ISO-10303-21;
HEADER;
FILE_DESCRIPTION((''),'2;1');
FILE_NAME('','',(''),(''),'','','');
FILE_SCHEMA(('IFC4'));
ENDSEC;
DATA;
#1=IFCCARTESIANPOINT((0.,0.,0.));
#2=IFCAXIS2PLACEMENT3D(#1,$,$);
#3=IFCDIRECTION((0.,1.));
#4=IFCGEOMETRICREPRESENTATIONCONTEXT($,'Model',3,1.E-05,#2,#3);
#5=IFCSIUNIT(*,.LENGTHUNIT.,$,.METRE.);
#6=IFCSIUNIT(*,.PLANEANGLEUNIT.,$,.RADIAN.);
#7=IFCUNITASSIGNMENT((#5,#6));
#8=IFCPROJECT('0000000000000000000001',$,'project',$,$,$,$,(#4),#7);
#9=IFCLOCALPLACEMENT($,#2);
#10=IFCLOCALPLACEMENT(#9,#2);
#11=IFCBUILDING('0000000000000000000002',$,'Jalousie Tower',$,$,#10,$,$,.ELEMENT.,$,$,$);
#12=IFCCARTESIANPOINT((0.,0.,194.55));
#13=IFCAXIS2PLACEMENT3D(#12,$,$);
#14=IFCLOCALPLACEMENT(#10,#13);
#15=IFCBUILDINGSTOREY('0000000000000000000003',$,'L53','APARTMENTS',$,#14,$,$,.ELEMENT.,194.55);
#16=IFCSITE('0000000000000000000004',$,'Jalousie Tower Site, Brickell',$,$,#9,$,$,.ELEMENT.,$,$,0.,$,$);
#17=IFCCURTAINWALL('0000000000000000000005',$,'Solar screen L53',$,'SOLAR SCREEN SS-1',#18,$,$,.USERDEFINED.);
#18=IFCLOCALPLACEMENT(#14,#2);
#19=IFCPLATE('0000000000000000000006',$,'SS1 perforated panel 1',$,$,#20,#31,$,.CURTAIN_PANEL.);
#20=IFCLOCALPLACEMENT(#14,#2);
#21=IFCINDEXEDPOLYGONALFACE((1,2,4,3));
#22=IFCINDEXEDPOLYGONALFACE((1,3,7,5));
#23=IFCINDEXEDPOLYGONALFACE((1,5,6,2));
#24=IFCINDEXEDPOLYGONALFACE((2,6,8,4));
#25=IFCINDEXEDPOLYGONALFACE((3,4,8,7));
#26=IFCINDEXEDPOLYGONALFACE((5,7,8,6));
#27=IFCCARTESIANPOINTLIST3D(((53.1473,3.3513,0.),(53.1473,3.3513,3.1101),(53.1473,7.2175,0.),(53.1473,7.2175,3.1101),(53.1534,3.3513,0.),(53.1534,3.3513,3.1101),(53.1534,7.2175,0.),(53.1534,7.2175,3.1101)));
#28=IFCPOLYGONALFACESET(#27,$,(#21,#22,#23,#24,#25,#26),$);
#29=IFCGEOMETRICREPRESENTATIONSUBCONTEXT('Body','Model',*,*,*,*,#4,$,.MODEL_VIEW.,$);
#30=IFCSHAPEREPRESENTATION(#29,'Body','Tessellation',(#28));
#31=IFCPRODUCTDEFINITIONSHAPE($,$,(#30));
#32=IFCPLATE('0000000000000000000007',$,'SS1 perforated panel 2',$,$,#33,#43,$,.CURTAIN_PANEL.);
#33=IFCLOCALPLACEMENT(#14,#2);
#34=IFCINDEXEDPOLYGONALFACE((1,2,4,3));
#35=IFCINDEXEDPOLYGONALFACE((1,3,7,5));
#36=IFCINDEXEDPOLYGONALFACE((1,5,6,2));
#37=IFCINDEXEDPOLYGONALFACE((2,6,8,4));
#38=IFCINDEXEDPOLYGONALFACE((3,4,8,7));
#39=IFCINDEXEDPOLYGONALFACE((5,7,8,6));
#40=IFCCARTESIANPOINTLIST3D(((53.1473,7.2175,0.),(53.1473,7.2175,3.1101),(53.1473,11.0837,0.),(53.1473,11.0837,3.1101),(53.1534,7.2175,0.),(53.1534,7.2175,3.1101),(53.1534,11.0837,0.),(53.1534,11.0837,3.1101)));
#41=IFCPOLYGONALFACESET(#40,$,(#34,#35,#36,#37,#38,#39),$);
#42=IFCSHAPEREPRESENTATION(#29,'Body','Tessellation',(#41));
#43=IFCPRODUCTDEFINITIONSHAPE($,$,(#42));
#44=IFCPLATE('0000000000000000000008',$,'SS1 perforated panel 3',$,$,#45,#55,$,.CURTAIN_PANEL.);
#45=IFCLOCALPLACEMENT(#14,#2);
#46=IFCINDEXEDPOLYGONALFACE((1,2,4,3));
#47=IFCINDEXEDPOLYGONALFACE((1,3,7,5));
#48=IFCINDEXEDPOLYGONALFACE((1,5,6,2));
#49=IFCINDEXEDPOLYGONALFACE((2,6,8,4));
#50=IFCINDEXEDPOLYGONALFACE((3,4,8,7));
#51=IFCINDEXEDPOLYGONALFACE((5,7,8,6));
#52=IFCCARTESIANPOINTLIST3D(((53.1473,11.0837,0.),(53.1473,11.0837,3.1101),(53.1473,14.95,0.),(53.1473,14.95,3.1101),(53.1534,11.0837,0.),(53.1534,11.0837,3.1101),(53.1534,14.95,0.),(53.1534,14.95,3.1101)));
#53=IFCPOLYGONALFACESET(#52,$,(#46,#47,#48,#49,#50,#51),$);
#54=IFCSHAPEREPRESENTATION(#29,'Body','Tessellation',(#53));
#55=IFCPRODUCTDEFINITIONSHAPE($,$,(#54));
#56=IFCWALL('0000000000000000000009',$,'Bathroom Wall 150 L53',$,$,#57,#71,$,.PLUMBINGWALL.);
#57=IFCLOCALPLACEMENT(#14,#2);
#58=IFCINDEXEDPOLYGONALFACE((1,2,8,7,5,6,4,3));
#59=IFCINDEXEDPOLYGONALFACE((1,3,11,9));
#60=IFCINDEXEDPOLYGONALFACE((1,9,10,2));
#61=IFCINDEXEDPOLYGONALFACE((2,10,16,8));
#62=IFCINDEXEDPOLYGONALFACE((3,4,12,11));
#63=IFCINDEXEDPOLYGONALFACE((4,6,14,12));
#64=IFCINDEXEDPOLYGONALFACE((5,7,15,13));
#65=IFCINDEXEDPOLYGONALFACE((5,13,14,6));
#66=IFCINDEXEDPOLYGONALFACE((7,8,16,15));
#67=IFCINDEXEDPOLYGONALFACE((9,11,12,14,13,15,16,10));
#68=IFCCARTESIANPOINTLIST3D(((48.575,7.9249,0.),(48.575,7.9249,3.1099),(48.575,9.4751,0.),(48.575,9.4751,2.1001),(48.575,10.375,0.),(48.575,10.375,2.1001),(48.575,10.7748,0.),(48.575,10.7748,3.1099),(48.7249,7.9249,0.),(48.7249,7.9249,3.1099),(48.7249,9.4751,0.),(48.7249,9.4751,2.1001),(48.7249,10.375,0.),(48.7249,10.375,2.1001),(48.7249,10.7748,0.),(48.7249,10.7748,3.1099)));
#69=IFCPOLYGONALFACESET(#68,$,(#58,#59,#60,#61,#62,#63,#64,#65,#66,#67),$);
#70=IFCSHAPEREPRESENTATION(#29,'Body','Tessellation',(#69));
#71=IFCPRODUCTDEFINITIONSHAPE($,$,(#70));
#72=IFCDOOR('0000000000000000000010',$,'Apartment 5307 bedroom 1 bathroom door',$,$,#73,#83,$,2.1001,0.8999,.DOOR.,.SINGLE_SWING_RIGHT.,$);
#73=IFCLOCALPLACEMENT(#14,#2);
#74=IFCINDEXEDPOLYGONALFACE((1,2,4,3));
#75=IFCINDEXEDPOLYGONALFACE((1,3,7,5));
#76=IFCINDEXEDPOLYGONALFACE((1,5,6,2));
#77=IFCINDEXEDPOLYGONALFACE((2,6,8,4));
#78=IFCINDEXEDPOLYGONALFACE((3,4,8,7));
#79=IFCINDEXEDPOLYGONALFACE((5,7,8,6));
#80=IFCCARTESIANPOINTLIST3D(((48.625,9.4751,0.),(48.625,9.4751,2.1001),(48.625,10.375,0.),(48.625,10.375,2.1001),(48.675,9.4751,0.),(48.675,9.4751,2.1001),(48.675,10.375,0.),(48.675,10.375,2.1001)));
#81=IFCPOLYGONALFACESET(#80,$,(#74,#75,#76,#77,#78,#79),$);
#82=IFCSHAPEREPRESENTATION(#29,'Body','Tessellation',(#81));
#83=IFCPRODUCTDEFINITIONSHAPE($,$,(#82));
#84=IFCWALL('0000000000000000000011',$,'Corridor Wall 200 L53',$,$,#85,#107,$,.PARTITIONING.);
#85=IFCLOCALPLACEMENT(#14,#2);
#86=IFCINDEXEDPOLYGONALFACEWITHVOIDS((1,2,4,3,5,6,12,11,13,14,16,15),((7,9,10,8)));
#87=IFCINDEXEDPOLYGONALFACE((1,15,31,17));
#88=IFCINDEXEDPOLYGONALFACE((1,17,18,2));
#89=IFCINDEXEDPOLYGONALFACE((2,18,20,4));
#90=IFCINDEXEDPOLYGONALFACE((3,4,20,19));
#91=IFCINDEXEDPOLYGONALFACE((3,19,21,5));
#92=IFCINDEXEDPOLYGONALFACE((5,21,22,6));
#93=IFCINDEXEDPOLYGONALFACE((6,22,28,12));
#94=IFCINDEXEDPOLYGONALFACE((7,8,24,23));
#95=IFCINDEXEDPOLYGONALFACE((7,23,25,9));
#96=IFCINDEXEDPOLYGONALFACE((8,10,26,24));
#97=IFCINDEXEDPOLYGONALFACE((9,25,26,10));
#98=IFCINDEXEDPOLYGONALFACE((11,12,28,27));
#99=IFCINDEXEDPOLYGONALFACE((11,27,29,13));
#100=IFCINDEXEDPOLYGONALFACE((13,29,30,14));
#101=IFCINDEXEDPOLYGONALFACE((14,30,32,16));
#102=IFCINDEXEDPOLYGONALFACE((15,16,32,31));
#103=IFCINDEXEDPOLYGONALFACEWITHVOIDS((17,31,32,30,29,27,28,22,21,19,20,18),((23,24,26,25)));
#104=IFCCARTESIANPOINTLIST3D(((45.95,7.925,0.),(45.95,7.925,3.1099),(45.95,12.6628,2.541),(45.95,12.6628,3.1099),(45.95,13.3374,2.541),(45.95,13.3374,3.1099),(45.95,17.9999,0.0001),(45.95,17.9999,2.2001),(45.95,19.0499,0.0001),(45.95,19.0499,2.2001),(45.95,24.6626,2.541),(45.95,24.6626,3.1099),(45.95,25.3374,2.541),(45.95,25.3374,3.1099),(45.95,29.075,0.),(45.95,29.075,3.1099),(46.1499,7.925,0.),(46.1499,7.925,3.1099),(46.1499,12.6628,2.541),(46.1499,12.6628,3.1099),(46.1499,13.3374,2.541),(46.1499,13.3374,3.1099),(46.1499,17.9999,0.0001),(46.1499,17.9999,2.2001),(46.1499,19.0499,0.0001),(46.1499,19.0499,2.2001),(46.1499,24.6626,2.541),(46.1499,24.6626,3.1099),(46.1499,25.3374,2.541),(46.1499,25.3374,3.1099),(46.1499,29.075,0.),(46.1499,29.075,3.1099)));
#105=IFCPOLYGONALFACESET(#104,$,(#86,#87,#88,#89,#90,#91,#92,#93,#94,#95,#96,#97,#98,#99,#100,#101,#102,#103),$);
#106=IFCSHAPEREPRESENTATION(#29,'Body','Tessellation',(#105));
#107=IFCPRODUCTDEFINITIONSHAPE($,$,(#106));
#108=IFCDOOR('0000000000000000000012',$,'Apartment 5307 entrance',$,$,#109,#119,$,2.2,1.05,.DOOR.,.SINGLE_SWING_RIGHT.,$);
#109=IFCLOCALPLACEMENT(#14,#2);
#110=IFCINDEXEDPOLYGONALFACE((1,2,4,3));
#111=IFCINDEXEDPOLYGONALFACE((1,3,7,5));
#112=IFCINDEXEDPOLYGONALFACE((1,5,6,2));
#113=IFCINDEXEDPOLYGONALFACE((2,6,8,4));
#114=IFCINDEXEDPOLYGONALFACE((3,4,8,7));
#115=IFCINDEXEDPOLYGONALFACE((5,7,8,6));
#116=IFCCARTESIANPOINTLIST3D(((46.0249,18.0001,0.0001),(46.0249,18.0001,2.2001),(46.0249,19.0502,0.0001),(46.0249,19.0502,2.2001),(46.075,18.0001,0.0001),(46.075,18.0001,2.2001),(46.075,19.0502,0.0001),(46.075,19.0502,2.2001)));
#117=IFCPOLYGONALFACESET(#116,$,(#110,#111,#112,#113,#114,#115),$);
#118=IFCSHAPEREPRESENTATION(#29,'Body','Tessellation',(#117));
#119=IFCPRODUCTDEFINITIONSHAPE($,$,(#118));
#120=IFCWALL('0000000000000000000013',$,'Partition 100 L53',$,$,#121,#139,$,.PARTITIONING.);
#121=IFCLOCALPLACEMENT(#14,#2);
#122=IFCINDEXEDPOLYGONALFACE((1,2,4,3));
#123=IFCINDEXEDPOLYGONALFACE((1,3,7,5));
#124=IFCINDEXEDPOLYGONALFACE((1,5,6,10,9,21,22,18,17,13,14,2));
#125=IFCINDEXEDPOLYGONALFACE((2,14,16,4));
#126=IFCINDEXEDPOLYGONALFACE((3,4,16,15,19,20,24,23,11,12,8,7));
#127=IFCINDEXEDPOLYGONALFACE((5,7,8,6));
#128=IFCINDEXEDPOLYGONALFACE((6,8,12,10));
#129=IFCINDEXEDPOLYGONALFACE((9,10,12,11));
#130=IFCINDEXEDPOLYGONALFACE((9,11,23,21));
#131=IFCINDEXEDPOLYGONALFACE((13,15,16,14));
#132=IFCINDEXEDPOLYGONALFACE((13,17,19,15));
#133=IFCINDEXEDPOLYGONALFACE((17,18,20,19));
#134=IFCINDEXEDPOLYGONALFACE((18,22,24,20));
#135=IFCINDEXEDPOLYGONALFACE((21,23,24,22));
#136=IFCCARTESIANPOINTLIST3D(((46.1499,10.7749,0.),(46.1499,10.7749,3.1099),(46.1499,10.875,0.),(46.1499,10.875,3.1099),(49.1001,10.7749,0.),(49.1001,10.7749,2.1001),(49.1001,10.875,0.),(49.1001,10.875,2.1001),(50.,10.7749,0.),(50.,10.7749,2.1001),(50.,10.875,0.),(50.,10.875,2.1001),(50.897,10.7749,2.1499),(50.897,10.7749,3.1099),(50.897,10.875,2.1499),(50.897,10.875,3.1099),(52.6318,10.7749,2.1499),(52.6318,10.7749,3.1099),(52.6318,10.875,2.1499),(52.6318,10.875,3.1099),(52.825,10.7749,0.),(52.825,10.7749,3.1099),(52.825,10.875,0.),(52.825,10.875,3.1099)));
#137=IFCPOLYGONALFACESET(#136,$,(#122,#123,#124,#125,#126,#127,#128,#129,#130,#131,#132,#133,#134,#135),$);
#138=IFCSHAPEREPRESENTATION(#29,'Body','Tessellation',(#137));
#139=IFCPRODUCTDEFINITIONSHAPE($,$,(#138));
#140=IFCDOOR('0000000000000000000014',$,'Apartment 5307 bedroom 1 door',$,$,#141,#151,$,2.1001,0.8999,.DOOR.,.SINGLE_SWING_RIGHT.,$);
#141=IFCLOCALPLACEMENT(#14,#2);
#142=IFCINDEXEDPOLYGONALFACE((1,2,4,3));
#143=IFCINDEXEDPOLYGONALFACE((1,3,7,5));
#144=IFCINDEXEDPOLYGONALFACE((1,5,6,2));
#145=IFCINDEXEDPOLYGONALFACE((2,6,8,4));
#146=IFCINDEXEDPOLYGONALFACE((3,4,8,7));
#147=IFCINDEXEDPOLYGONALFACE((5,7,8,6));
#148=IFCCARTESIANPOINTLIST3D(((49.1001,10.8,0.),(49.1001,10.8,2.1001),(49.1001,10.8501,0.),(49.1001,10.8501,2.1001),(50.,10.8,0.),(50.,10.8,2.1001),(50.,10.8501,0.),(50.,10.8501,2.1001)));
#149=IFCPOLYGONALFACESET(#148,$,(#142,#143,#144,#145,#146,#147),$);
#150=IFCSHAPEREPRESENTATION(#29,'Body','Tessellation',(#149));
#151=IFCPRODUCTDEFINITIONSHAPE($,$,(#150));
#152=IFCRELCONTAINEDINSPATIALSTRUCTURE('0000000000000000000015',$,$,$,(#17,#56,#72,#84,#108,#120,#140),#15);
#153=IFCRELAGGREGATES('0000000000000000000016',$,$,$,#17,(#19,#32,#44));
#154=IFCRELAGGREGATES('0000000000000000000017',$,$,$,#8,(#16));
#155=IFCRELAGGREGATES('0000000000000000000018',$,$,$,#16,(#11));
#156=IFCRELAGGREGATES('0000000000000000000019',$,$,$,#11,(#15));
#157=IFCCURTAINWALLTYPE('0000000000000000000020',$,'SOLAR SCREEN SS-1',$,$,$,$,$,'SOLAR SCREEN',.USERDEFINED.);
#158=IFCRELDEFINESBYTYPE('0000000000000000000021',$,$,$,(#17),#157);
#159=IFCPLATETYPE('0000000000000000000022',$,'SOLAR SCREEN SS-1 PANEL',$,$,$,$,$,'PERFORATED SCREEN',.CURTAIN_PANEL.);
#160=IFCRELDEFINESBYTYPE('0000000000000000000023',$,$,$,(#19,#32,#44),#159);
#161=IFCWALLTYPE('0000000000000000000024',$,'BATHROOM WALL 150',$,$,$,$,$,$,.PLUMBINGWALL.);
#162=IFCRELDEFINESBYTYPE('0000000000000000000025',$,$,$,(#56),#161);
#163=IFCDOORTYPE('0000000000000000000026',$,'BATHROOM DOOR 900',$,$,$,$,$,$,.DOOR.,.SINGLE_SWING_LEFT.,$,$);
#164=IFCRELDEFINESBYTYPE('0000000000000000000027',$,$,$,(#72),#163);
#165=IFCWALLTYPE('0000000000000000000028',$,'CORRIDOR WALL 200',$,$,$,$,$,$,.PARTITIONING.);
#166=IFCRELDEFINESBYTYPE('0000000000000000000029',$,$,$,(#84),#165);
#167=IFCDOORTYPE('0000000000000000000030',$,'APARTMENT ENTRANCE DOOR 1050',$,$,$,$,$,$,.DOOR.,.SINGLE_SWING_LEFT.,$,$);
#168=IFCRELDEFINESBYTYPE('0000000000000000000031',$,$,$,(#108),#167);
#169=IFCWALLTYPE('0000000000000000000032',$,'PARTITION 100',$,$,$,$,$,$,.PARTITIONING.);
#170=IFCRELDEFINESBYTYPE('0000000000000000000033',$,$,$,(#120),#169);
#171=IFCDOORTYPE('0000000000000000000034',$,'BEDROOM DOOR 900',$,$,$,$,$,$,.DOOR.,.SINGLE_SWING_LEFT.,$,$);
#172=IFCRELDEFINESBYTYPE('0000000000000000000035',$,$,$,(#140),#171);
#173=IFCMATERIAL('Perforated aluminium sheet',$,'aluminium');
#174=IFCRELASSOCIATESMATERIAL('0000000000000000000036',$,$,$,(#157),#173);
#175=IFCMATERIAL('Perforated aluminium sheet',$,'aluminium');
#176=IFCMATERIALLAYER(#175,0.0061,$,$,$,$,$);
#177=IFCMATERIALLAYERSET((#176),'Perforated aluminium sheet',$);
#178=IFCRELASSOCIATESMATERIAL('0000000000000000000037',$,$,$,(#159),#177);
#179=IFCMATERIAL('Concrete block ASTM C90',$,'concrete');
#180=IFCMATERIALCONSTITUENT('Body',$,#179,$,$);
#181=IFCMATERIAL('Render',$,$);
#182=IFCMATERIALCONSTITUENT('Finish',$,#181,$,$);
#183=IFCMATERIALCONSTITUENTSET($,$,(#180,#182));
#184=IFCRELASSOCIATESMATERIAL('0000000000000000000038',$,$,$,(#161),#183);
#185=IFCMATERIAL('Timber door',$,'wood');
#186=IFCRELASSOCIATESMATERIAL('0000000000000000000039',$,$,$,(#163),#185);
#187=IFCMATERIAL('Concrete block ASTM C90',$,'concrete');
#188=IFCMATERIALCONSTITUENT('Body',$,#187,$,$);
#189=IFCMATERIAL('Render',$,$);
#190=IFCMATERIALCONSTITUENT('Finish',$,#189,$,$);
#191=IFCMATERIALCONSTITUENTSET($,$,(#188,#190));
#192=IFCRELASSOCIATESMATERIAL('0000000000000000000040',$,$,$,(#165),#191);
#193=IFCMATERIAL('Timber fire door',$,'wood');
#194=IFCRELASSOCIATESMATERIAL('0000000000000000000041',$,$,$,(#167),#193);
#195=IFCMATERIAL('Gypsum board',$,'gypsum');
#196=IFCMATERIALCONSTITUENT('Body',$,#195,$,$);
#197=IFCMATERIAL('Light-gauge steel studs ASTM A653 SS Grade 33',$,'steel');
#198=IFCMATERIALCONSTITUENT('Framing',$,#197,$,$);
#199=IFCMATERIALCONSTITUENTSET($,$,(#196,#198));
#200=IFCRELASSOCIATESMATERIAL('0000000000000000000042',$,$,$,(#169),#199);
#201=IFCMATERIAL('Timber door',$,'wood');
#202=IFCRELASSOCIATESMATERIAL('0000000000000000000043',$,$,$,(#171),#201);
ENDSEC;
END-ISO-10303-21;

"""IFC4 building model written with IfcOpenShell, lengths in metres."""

from ifc_helpers import new_model, si_unit, direction, frame, frame_2d, origin, origin_2d, place, context, subcontext, project, spatial, polyline, rectangle, outline, extrude, material, layer, layer_set, constituent, constituent_set, type_object, element, fill, aggregate, save


model = new_model("IFC4")

# Units and contexts
model_context = context("Model", 3, precision=1e-05, world=origin(), true_north=direction((0.0, 1.0)))
body_context = subcontext(model_context, "Body", "Model", "MODEL_VIEW")
ifc_project = project(units=[si_unit("LENGTHUNIT", "METRE"), si_unit("PLANEANGLEUNIT", "RADIAN")], contexts=[model_context])

# Site, building, storey
site_placement = place(None, origin())
site = spatial("IfcSite", under=ifc_project, at=site_placement, Name="Jalousie Tower Site, Brickell", CompositionType="ELEMENT", RefElevation=0.0)
building_placement = place(site_placement, origin())
building = spatial("IfcBuilding", under=site, at=building_placement, Name="Jalousie Tower", CompositionType="ELEMENT")
storey_placement = place(building_placement, frame((0.0, 0.0, 194.55)))
storey = spatial("IfcBuildingStorey", under=building, at=storey_placement, Name="L53", Description="APARTMENTS", CompositionType="ELEMENT", Elevation=194.55)

# Curtain wall, plates
ifc_material_1 = material(Name="Perforated aluminium sheet", Category="aluminium")
curtain_wall_type = type_object("IfcCurtainWallType", Name="SOLAR SCREEN SS-1", ElementType="SOLAR SCREEN", PredefinedType="USERDEFINED", material=ifc_material_1)
curtain_wall_placement = place(storey_placement, origin())
curtain_wall = element("IfcCurtainWall", 1, at=curtain_wall_placement, inside=storey, type_object=curtain_wall_type, Name="Solar screen L53", ObjectType="SOLAR SCREEN SS-1", PredefinedType="USERDEFINED")
ifc_material_2 = material(Name="Perforated aluminium sheet", Category="aluminium")
ifc_layer_1 = layer(ifc_material_2, 0.0061)
ifc_layer_set_1 = layer_set([ifc_layer_1], Name="Perforated aluminium sheet")
plate_type = type_object("IfcPlateType", Name="SOLAR SCREEN SS-1 PANEL", ElementType="PERFORATED SCREEN", PredefinedType="CURTAIN_PANEL", material=ifc_layer_set_1)
plate_1_placement = place(storey_placement, frame((53.1504, 5.2844, 0.0), z_axis=(0.0, 0.0, 1.0), x_axis=(0.0, 1.0, 0.0)))
plate_1 = element("IfcPlate", 2, at=plate_1_placement, type_object=plate_type, Name="SS1 perforated panel 1", PredefinedType="CURTAIN_PANEL", context=body_context, shape_type="SweptSolid", body=[
    extrude(rectangle(XDim=3.8662, YDim=0.0061, at=origin_2d()), origin(), (0.0, 0.0, 1.0), 3.1101),
])
plate_2_placement = place(storey_placement, frame((53.1504, 9.1506, 0.0), z_axis=(0.0, 0.0, 1.0), x_axis=(0.0, 1.0, 0.0)))
plate_2 = element("IfcPlate", 3, at=plate_2_placement, type_object=plate_type, Name="SS1 perforated panel 2", PredefinedType="CURTAIN_PANEL", context=body_context, shape_type="SweptSolid", body=[
    extrude(rectangle(XDim=3.8662, YDim=0.0061, at=origin_2d()), origin(), (0.0, 0.0, 1.0), 3.1101),
])
plate_3_placement = place(storey_placement, frame((53.1504, 13.0168, 0.0), z_axis=(0.0, 0.0, 1.0), x_axis=(0.0, 1.0, 0.0)))
plate_3 = element("IfcPlate", 4, at=plate_3_placement, type_object=plate_type, Name="SS1 perforated panel 3", PredefinedType="CURTAIN_PANEL", context=body_context, shape_type="SweptSolid", body=[
    extrude(rectangle(XDim=3.8662, YDim=0.0061, at=origin_2d()), origin(), (0.0, 0.0, 1.0), 3.1101),
])
aggregate(curtain_wall, [plate_1, plate_2, plate_3])

# Walls, openings, doors
ifc_material_3 = material(Name="Concrete block ASTM C90", Category="concrete")
ifc_constituent_1 = constituent(ifc_material_3, Name="Body")
ifc_material_4 = material(Name="Render")
ifc_constituent_2 = constituent(ifc_material_4, Name="Finish")
ifc_constituent_set_1 = constituent_set(constituents=[ifc_constituent_1, ifc_constituent_2])
wall_type_1 = type_object("IfcWallType", Name="BATHROOM WALL 150", PredefinedType="PLUMBINGWALL", material=ifc_constituent_set_1)
wall_1_placement = place(storey_placement, frame((48.6499, 7.925, 0.0), z_axis=(0.0, 0.0, 1.0), x_axis=(0.0, 1.0, 0.0)))
wall_1 = element("IfcWall", 5, at=wall_1_placement, inside=storey, type_object=wall_type_1, Name="Bathroom Wall 150 L53", PredefinedType="PLUMBINGWALL", context=body_context, shape_type="SweptSolid", body=[
    extrude(rectangle(XDim=2.8499, YDim=0.1499, at=frame_2d((1.4248, 0.0))), origin(), (0.0, 0.0, 1.0), 3.1099),
])
opening_1_placement = place(wall_1_placement, frame((1.55, 0.0, 0.0)))
opening_1 = element("IfcOpeningElement", 6, at=opening_1_placement, cuts=wall_1, PredefinedType="OPENING", context=body_context, shape_type="SweptSolid", body=[
    extrude(rectangle(XDim=0.8999, YDim=2.1001, at=frame_2d((0.45, 1.05))), frame((0.0, 0.085, 0.0), z_axis=(0.0, -1.0, 0.0), x_axis=(1.0, 0.0, 0.0)), (0.0, 0.0, 1.0), 0.1699),
])
ifc_material_5 = material(Name="Timber door", Category="wood")
door_type_1 = type_object("IfcDoorType", Name="BATHROOM DOOR 900", OperationType="SINGLE_SWING_LEFT", PredefinedType="DOOR", material=ifc_material_5)
door_1_placement = place(opening_1_placement, origin())
door_1 = element("IfcDoor", 7, at=door_1_placement, inside=storey, type_object=door_type_1, Name="Apartment 5307 bedroom 1 bathroom door", OperationType="SINGLE_SWING_RIGHT", OverallHeight=2.1001, OverallWidth=0.8999, PredefinedType="DOOR", context=body_context, shape_type="SweptSolid", body=[
    extrude(rectangle(XDim=0.8999, YDim=2.1001, at=frame_2d((0.45, 1.05))), frame((0.0, 0.0249, 0.0), z_axis=(0.0, -1.0, 0.0), x_axis=(1.0, 0.0, 0.0)), (0.0, 0.0, 1.0), 0.05),
])
fill(opening_1, door_1)
ifc_material_6 = material(Name="Concrete block ASTM C90", Category="concrete")
ifc_constituent_3 = constituent(ifc_material_6, Name="Body")
ifc_material_7 = material(Name="Render")
ifc_constituent_4 = constituent(ifc_material_7, Name="Finish")
ifc_constituent_set_2 = constituent_set(constituents=[ifc_constituent_3, ifc_constituent_4])
wall_type_2 = type_object("IfcWallType", Name="CORRIDOR WALL 200", PredefinedType="PARTITIONING", material=ifc_constituent_set_2)
wall_2_placement = place(storey_placement, frame((46.05, 7.925, 0.0), z_axis=(0.0, 0.0, 1.0), x_axis=(0.0, 1.0, 0.0)))
wall_2 = element("IfcWall", 8, at=wall_2_placement, inside=storey, type_object=wall_type_2, Name="Corridor Wall 200 L53", PredefinedType="PARTITIONING", context=body_context, shape_type="SweptSolid", body=[
    extrude(outline(polyline([(0.0, 0.0), (21.1499, 0.0), (21.1499, 3.1099), (17.4124, 3.1099), (17.4124, 2.541), (16.7375, 2.541), (16.7375, 3.1099), (5.4124, 3.1099), (5.4124, 2.541), (4.7378, 2.541), (4.7378, 3.1099), (0.0, 3.1099), (0.0, 0.0)])), frame((0.0, 0.1001, 0.0), z_axis=(0.0, -1.0, 0.0), x_axis=(1.0, 0.0, 0.0)), (0.0, 0.0, 1.0), 0.2),
])
opening_2_placement = place(wall_2_placement, frame((10.075, 0.0, 0.0)))
opening_2 = element("IfcOpeningElement", 9, at=opening_2_placement, cuts=wall_2, PredefinedType="OPENING", context=body_context, shape_type="SweptSolid", body=[
    extrude(rectangle(XDim=1.05, YDim=2.2, at=frame_2d((0.5249, 1.1001))), frame((0.0, 0.1099, 0.0), z_axis=(0.0, -1.0, 0.0), x_axis=(1.0, 0.0, 0.0)), (0.0, 0.0, 1.0), 0.22),
])
ifc_material_8 = material(Name="Timber fire door", Category="wood")
door_type_2 = type_object("IfcDoorType", Name="APARTMENT ENTRANCE DOOR 1050", OperationType="SINGLE_SWING_LEFT", PredefinedType="DOOR", material=ifc_material_8)
door_2_placement = place(opening_2_placement, frame((1.05, 0.0, 0.0), z_axis=(0.0, 0.0, 1.0), x_axis=(-1.0, 0.0, 0.0)))
door_2 = element("IfcDoor", 10, at=door_2_placement, inside=storey, type_object=door_type_2, Name="Apartment 5307 entrance", OperationType="SINGLE_SWING_RIGHT", OverallHeight=2.2, OverallWidth=1.05, PredefinedType="DOOR", context=body_context, shape_type="SweptSolid", body=[
    extrude(rectangle(XDim=1.05, YDim=2.2, at=frame_2d((0.5249, 1.1001))), frame((0.0, 0.0249, 0.0), z_axis=(0.0, -1.0, 0.0), x_axis=(1.0, 0.0, 0.0)), (0.0, 0.0, 1.0), 0.05),
])
fill(opening_2, door_2)
ifc_material_9 = material(Name="Gypsum board", Category="gypsum")
ifc_constituent_5 = constituent(ifc_material_9, Name="Body")
ifc_material_10 = material(Name="Light-gauge steel studs ASTM A653 SS Grade 33", Category="steel")
ifc_constituent_6 = constituent(ifc_material_10, Name="Framing")
ifc_constituent_set_3 = constituent_set(constituents=[ifc_constituent_5, ifc_constituent_6])
wall_type_3 = type_object("IfcWallType", Name="PARTITION 100", PredefinedType="PARTITIONING", material=ifc_constituent_set_3)
wall_3_placement = place(storey_placement, frame((52.825, 10.825, 0.0), z_axis=(0.0, 0.0, 1.0), x_axis=(-1.0, 0.0, 0.0)))
wall_3 = element("IfcWall", 11, at=wall_3_placement, inside=storey, type_object=wall_type_3, Name="Partition 100 L53", PredefinedType="PARTITIONING", context=body_context, shape_type="SweptSolid", body=[
    extrude(outline(polyline([(0.0, 0.0), (6.675, 0.0), (6.675, 3.1099), (1.928, 3.1099), (1.928, 2.1499), (0.1931, 2.1499), (0.1931, 3.1099), (0.0, 3.1099), (0.0, 0.0)])), frame((0.0, 0.05, 0.0), z_axis=(0.0, -1.0, 0.0), x_axis=(1.0, 0.0, 0.0)), (0.0, 0.0, 1.0), 0.1001),
])
opening_3_placement = place(wall_3_placement, frame((2.825, 0.0, 0.0)))
opening_3 = element("IfcOpeningElement", 12, at=opening_3_placement, cuts=wall_3, PredefinedType="OPENING", context=body_context, shape_type="SweptSolid", body=[
    extrude(rectangle(XDim=0.8999, YDim=2.1001, at=frame_2d((0.45, 1.05))), frame((0.0, 0.0601, 0.0), z_axis=(0.0, -1.0, 0.0), x_axis=(1.0, 0.0, 0.0)), (0.0, 0.0, 1.0), 0.1201),
])
ifc_material_11 = material(Name="Timber door", Category="wood")
door_type_3 = type_object("IfcDoorType", Name="BEDROOM DOOR 900", OperationType="SINGLE_SWING_LEFT", PredefinedType="DOOR", material=ifc_material_11)
door_3_placement = place(opening_3_placement, origin())
door_3 = element("IfcDoor", 13, at=door_3_placement, inside=storey, type_object=door_type_3, Name="Apartment 5307 bedroom 1 door", OperationType="SINGLE_SWING_RIGHT", OverallHeight=2.1001, OverallWidth=0.8999, PredefinedType="DOOR", context=body_context, shape_type="SweptSolid", body=[
    extrude(rectangle(XDim=0.8999, YDim=2.1001, at=frame_2d((0.45, 1.05))), frame((0.0, 0.0249, 0.0), z_axis=(0.0, -1.0, 0.0), x_axis=(1.0, 0.0, 0.0)), (0.0, 0.0, 1.0), 0.05),
])
fill(opening_3, door_3)

save(model, "model.ifc")
